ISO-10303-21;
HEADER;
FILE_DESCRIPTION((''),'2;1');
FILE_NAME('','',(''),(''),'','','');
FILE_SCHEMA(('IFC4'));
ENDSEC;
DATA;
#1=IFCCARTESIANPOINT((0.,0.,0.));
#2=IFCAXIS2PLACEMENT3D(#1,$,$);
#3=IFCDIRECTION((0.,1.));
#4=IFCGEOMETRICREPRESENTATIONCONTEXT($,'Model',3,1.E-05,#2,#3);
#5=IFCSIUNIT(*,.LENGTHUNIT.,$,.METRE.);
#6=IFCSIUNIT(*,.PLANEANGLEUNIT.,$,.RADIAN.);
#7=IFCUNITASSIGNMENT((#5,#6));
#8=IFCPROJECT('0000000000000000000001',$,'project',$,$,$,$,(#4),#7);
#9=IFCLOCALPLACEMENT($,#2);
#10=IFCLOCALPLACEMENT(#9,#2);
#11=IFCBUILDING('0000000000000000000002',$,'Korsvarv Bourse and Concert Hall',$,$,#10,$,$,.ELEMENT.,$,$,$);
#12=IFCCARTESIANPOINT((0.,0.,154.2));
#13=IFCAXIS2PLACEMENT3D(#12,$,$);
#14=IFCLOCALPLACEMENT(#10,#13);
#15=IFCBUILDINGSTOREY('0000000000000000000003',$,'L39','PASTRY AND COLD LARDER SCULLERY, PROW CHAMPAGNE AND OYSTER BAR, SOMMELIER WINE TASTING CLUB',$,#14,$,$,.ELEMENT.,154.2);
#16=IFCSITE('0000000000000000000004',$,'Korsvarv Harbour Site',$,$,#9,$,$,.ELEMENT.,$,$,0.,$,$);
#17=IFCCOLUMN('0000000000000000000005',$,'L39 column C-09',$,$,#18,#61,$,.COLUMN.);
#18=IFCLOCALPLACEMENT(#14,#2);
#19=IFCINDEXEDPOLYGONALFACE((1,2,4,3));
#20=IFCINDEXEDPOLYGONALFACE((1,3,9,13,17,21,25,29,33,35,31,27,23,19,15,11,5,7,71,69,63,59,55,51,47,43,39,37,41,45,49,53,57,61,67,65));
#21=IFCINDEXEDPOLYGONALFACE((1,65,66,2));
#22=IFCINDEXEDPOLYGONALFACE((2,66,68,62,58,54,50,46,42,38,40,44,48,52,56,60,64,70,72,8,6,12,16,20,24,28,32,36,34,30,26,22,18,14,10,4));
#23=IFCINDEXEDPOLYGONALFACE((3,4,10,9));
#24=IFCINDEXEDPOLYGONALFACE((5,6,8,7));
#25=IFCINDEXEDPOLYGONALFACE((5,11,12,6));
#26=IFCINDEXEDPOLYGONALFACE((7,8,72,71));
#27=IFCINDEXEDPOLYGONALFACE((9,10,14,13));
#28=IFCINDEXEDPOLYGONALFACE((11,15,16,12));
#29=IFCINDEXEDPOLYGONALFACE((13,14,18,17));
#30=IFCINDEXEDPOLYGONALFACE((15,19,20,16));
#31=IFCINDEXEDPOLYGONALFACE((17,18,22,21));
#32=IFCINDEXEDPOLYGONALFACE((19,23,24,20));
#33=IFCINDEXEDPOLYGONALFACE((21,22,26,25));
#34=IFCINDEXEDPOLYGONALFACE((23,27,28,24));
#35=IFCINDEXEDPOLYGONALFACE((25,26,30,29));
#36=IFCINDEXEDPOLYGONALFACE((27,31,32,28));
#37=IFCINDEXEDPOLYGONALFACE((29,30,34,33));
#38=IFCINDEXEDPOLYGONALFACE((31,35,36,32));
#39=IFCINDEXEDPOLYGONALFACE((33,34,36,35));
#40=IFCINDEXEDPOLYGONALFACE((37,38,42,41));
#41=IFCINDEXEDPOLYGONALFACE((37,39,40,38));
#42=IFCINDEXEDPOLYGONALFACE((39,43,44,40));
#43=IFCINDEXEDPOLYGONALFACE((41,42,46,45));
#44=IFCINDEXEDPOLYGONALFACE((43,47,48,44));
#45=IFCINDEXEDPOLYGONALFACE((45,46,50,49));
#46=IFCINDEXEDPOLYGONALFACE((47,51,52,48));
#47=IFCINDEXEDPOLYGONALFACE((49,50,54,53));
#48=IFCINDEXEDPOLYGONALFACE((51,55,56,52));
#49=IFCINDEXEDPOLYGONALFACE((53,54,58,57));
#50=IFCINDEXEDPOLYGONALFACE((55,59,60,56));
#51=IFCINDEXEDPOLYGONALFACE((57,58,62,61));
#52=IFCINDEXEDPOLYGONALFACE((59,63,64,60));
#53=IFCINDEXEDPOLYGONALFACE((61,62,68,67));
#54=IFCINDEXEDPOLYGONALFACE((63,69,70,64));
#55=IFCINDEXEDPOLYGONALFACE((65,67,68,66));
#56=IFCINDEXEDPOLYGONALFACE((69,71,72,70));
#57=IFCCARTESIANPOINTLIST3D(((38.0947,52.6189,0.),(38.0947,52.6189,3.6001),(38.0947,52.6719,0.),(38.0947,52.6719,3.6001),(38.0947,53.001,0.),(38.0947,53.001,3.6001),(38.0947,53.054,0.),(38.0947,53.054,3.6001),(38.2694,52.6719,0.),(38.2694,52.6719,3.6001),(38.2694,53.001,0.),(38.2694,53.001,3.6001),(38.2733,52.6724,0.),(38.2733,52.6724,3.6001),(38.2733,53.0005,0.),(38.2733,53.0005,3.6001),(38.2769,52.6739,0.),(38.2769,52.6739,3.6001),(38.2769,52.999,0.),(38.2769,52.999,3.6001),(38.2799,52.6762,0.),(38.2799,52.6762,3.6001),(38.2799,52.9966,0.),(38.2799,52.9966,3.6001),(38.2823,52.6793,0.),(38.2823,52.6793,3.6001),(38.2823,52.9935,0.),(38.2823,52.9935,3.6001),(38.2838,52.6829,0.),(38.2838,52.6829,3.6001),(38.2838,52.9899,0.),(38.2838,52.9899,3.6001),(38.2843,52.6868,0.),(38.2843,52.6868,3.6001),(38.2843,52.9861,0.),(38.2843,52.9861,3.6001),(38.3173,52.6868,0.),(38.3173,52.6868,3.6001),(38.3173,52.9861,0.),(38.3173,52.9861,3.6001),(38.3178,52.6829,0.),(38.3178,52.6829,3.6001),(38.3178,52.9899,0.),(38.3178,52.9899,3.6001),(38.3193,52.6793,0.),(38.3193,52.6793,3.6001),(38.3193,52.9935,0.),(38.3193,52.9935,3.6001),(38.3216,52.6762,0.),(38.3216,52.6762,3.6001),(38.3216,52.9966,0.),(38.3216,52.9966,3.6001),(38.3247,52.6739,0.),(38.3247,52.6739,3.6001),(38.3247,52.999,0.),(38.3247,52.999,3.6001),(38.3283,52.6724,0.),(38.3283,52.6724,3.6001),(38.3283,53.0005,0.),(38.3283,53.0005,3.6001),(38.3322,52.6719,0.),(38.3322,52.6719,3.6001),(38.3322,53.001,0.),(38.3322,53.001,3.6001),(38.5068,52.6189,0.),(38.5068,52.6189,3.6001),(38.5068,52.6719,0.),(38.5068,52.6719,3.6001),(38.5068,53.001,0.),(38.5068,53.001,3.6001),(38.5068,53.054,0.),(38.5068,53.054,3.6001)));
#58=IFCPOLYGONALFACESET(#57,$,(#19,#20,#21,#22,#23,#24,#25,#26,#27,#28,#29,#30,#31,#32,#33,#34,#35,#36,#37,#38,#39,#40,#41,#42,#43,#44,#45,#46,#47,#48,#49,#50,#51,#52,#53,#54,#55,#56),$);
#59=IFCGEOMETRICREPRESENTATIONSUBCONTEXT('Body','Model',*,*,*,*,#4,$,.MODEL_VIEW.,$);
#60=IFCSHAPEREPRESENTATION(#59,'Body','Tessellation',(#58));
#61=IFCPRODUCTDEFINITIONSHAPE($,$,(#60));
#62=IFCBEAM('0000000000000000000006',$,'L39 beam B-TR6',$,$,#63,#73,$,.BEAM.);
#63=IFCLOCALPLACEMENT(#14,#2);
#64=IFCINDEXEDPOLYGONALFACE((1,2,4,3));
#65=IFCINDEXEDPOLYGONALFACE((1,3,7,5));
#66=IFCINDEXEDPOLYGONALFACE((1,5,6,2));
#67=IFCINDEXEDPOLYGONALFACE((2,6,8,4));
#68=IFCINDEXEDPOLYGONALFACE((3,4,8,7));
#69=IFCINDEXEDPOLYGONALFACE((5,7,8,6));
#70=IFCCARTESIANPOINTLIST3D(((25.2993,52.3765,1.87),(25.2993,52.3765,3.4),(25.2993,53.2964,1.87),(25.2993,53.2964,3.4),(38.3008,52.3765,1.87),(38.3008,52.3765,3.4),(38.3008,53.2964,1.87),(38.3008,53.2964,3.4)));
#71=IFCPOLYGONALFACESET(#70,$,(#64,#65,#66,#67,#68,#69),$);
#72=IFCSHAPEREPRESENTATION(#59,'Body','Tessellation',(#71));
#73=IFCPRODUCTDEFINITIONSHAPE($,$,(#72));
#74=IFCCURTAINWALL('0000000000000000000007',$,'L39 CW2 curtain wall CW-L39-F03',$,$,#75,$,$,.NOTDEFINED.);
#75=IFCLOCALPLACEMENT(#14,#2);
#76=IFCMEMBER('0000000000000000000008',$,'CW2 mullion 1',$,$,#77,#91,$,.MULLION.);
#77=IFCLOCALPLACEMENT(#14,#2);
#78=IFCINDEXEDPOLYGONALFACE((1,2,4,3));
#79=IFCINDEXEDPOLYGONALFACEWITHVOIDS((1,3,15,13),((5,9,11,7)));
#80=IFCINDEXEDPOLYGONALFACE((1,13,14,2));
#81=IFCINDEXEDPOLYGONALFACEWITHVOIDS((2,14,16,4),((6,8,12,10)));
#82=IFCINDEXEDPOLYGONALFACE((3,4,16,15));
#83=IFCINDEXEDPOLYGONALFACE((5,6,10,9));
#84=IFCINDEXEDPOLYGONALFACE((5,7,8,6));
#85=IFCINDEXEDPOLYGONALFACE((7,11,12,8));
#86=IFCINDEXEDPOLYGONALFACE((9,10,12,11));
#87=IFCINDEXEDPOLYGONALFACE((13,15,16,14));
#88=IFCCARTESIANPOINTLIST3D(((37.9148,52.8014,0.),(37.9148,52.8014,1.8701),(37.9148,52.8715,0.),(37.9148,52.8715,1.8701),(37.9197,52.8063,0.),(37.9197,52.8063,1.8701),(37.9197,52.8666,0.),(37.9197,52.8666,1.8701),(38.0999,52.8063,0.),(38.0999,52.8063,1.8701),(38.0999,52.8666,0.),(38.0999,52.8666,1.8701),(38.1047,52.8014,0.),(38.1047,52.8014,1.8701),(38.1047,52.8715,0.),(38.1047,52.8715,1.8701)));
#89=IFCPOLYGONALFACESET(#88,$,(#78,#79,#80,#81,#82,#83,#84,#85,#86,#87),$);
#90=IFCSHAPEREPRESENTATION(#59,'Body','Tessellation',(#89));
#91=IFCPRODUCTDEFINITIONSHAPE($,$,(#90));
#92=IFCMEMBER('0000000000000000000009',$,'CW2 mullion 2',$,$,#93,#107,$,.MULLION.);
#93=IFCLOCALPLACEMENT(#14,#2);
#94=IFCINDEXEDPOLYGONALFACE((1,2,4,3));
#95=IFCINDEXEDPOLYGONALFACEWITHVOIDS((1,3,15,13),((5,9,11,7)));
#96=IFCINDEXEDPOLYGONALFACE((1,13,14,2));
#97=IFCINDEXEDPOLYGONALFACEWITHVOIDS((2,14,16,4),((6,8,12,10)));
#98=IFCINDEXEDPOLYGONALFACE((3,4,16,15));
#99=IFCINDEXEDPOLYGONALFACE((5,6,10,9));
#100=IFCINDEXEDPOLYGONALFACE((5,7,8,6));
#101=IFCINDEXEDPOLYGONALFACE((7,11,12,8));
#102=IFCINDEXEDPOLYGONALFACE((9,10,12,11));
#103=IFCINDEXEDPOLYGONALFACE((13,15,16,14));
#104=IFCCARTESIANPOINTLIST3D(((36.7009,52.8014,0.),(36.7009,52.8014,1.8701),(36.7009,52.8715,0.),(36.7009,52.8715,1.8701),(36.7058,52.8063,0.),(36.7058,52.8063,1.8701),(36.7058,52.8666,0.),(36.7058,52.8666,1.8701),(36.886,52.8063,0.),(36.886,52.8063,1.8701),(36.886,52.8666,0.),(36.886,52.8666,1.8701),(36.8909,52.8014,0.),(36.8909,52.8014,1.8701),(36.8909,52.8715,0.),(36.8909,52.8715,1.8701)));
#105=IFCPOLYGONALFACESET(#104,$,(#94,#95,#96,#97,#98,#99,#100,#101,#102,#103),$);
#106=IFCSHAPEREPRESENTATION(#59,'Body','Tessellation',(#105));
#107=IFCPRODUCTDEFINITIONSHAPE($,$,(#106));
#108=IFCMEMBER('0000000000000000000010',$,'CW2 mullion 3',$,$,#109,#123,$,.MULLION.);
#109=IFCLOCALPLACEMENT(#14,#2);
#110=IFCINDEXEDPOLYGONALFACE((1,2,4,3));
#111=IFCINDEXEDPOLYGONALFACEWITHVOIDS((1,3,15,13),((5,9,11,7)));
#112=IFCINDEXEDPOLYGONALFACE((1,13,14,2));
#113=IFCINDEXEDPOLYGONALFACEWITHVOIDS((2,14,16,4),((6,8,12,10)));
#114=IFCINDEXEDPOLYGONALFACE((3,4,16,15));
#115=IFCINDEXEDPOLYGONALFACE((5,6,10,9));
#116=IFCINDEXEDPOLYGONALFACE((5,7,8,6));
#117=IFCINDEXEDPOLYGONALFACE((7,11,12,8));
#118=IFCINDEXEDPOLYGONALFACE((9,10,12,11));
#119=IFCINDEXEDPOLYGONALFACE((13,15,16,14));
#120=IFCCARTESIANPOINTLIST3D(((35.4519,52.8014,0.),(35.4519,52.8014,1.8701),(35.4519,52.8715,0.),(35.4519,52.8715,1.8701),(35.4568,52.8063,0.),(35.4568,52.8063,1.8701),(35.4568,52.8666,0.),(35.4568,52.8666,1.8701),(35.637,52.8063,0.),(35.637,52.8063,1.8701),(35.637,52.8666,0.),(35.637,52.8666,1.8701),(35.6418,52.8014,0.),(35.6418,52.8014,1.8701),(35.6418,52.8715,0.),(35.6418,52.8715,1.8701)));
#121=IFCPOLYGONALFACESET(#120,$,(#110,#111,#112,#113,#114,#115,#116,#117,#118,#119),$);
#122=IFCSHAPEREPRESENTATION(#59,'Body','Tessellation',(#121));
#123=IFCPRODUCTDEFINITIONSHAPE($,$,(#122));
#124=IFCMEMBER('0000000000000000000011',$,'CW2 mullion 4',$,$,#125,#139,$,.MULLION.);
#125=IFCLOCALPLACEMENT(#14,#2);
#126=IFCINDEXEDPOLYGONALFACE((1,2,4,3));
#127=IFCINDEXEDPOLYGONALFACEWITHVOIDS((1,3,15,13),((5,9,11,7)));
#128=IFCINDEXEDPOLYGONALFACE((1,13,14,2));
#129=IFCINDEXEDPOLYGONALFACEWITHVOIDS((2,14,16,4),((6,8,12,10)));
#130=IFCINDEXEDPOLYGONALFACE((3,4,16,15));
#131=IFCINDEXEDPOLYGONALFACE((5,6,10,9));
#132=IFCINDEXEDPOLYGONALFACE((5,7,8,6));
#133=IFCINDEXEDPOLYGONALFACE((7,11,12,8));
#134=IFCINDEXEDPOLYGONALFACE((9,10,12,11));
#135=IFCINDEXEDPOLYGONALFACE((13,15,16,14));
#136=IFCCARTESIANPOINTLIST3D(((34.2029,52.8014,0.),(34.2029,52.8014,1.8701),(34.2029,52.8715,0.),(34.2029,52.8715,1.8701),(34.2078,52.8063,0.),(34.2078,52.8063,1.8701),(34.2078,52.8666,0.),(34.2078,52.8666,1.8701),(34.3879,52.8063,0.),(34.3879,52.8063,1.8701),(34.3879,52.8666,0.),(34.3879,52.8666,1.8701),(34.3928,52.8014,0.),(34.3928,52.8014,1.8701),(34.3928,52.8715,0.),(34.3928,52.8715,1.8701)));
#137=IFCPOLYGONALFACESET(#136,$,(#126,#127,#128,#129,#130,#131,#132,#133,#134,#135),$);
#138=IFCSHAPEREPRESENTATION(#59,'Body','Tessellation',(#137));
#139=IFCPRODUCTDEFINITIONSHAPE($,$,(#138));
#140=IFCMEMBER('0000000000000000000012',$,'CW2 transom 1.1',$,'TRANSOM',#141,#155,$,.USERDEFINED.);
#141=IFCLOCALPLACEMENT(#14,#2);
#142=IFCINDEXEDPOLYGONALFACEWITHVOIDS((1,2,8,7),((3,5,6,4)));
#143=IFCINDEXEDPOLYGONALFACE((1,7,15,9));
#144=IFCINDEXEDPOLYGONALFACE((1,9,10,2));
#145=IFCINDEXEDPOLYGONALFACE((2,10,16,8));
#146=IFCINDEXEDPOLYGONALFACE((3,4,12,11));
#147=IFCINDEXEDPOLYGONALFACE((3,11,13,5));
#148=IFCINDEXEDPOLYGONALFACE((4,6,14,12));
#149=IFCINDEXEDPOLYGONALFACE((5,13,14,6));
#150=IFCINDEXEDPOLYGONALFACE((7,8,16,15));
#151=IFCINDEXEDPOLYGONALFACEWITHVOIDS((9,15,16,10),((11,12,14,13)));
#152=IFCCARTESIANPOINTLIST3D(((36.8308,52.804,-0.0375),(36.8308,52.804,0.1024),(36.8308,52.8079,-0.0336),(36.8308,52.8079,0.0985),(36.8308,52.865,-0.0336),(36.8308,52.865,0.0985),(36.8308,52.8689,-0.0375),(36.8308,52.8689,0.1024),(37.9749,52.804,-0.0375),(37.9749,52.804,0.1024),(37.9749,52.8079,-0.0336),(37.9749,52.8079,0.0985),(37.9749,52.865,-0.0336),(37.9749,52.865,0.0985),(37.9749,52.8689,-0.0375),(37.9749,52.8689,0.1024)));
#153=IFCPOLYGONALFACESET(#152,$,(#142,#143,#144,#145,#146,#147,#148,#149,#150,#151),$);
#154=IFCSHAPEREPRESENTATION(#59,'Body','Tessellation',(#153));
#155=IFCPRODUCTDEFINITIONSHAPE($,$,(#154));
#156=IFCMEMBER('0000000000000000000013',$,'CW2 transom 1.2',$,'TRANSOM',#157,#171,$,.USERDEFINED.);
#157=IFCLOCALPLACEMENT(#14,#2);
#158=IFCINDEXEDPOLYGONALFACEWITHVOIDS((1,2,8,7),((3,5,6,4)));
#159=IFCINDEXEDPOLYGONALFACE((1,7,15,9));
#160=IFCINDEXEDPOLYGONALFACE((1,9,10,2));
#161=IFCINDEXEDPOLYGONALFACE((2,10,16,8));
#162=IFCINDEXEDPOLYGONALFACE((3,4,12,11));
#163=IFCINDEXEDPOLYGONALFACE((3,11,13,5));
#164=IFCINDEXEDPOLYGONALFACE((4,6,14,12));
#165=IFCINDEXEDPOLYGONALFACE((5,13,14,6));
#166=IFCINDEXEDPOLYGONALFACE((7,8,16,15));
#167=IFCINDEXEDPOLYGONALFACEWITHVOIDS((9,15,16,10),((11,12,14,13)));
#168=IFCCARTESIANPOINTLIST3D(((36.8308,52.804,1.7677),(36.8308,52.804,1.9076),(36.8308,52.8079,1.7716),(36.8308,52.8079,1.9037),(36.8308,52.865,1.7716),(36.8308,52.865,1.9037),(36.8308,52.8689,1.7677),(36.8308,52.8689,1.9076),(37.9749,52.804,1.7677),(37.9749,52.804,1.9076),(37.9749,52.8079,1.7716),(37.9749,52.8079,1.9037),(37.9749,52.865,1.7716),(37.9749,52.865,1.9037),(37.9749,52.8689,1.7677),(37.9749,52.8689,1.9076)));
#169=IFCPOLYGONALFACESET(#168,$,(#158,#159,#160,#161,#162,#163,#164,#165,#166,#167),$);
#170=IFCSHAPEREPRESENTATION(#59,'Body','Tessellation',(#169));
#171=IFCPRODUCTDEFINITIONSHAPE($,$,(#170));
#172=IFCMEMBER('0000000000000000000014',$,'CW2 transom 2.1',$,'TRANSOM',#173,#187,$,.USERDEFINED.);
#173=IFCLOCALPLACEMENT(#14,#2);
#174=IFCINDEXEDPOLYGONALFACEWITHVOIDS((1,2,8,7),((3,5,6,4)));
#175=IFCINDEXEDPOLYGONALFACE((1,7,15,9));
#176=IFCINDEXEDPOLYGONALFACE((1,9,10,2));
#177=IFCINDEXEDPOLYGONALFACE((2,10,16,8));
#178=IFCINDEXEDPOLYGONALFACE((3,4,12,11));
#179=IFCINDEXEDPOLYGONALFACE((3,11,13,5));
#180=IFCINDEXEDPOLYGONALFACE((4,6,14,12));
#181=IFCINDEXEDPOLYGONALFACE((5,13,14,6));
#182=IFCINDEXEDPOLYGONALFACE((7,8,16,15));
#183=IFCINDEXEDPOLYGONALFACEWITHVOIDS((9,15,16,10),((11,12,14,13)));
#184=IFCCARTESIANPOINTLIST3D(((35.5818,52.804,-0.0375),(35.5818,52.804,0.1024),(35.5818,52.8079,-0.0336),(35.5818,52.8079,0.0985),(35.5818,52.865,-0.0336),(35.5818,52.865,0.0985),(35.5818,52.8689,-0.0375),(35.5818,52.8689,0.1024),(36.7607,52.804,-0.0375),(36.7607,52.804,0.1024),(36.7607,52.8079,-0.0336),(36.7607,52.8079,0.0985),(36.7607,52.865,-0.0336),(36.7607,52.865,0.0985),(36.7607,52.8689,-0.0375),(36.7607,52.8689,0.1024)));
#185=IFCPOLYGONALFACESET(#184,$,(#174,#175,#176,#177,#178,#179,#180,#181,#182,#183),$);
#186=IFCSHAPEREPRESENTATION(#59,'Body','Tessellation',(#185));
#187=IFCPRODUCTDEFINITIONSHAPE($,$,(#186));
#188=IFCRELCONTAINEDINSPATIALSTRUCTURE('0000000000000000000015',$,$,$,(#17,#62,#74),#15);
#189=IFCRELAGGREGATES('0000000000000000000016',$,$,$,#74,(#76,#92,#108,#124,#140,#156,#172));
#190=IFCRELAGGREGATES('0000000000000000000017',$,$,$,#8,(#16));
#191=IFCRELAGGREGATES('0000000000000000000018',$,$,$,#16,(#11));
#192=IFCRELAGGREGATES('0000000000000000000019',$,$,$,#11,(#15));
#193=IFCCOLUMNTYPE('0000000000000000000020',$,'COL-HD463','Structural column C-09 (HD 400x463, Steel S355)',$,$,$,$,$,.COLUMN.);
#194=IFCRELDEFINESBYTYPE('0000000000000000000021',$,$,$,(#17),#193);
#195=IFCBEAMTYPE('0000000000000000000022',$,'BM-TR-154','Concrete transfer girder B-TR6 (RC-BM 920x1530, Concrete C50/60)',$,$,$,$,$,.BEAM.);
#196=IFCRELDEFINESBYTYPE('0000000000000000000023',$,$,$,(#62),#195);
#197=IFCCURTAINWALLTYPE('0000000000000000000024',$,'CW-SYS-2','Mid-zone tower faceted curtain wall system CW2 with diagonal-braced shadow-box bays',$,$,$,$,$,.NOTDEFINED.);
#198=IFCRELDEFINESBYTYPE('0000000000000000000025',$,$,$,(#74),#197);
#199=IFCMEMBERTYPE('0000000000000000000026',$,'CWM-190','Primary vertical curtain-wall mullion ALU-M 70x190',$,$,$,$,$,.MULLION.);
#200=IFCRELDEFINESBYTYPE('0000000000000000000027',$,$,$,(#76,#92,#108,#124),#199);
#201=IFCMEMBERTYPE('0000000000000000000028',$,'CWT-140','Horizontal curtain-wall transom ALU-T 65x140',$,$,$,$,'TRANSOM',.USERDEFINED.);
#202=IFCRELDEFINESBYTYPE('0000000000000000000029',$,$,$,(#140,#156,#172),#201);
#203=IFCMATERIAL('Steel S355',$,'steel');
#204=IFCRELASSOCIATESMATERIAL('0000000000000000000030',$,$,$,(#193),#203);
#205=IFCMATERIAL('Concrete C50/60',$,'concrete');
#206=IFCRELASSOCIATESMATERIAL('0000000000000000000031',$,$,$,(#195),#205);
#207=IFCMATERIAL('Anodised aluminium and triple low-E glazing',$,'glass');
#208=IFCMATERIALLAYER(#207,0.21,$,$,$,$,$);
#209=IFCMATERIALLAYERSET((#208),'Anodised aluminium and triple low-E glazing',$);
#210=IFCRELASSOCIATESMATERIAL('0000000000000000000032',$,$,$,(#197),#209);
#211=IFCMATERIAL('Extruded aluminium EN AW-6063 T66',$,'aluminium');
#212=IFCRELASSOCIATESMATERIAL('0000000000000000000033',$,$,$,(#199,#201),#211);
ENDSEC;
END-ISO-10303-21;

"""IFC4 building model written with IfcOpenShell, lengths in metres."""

from ifc_helpers import new_model, si_unit, direction, frame, origin, origin_2d, place, context, subcontext, project, spatial, rectangle, hollow_rectangle, i_section, extrude, source, transform, mapped, material, layer, layer_set, material_profile, profile_set, type_object, element, aggregate, save


model = new_model("IFC4")

# Units and contexts
model_context = context("Model", 3, precision=1e-05, world=origin(), true_north=direction((0.0, 1.0)))
body_context = subcontext(model_context, "Body", "Model", "MODEL_VIEW")
ifc_project = project(units=[si_unit("LENGTHUNIT", "METRE"), si_unit("PLANEANGLEUNIT", "RADIAN")], contexts=[model_context])

# Site, building, storey
site_placement = place(None, origin())
site = spatial("IfcSite", under=ifc_project, at=site_placement, Name="Korsvarv Harbour Site", CompositionType="ELEMENT", RefElevation=0.0)
building_placement = place(site_placement, origin())
building = spatial("IfcBuilding", under=site, at=building_placement, Name="Korsvarv Bourse and Concert Hall", CompositionType="ELEMENT")
storey_placement = place(building_placement, frame((0.0, 0.0, 154.2)))
storey = spatial("IfcBuildingStorey", under=building, at=storey_placement, Name="L39", Description="PASTRY AND COLD LARDER SCULLERY, PROW CHAMPAGNE AND OYSTER BAR, SOMMELIER WINE TASTING CLUB", CompositionType="ELEMENT", Elevation=154.2)

# Column
ifc_material_1 = material(Name="Steel S355", Category="steel")
ifc_material_profile_1 = material_profile(ifc_material_1, i_section(OverallWidth=0.4121, OverallDepth=0.4351, WebThickness=0.033, FlangeThickness=0.053, FilletRadius=0.0149, at=origin_2d()), Name="HD 400x463")
ifc_profile_set_1 = profile_set([ifc_material_profile_1], Name="Steel S355")
column_type = type_object("IfcColumnType", Name="COL-HD463", Description="Structural column C-09 (HD 400x463, Steel S355)", PredefinedType="COLUMN", material=ifc_profile_set_1)
shared_shape_1 = source(origin(), body_context, "Body", "SweptSolid", [
    extrude(i_section(OverallWidth=0.4121, OverallDepth=0.4351, WebThickness=0.033, FlangeThickness=0.053, FilletRadius=0.0149, at=origin_2d()), origin(), (0.0, 0.0, 1.0), 3.6001),
])
column_placement = place(storey_placement, frame((38.3008, 52.8364, 0.0), z_axis=(0.0, 0.0, 1.0), x_axis=(1.0, 0.0, 0.0)))
element("IfcColumn", 1, at=column_placement, inside=storey, type_object=column_type, Name="L39 column C-09", PredefinedType="COLUMN", context=body_context, shape_type="MappedRepresentation", body=[
    mapped(shared_shape_1, transform((0.0, 0.0, 0.0), scale=1.0)),
])

# Beam
ifc_material_2 = material(Name="Concrete C50/60", Category="concrete")
ifc_material_profile_2 = material_profile(ifc_material_2, rectangle(XDim=0.9199, YDim=1.53, at=origin_2d()), Name="RC-BM 920x1530")
ifc_profile_set_2 = profile_set([ifc_material_profile_2], Name="Concrete C50/60")
beam_type = type_object("IfcBeamType", Name="BM-TR-154", Description="Concrete transfer girder B-TR6 (RC-BM 920x1530, Concrete C50/60)", PredefinedType="BEAM", material=ifc_profile_set_2)
shared_shape_2 = source(origin(), body_context, "Body", "SweptSolid", [
    extrude(rectangle(XDim=0.9199, YDim=1.53, at=origin_2d()), origin(), (0.0, 0.0, 1.0), 13.0015),
])
beam_placement = place(storey_placement, frame((38.3008, 52.8364, 2.635), z_axis=(-1.0, 0.0, 0.0), x_axis=(0.0, -1.0, 0.0)))
element("IfcBeam", 2, at=beam_placement, inside=storey, type_object=beam_type, Name="L39 beam B-TR6", PredefinedType="BEAM", context=body_context, shape_type="MappedRepresentation", body=[
    mapped(shared_shape_2, transform((0.0, 0.0, 0.0), scale=1.0)),
])

# Curtain wall, members
ifc_material_3 = material(Name="Anodised aluminium and triple low-E glazing", Category="glass")
ifc_layer_1 = layer(ifc_material_3, 0.21)
ifc_layer_set_1 = layer_set([ifc_layer_1], Name="Anodised aluminium and triple low-E glazing")
curtain_wall_type = type_object("IfcCurtainWallType", Name="CW-SYS-2", Description="Mid-zone tower faceted curtain wall system CW2 with diagonal-braced shadow-box bays", PredefinedType="NOTDEFINED", material=ifc_layer_set_1)
curtain_wall_placement = place(storey_placement, origin())
curtain_wall = element("IfcCurtainWall", 3, at=curtain_wall_placement, inside=storey, type_object=curtain_wall_type, Name="L39 CW2 curtain wall CW-L39-F03", PredefinedType="NOTDEFINED")
ifc_material_4 = material(Name="Extruded aluminium EN AW-6063 T66", Category="aluminium")
ifc_material_profile_3 = material_profile(ifc_material_4, hollow_rectangle(XDim=0.0701, YDim=0.1899, WallThickness=0.0049, at=origin_2d()), Name="ALU-M 70x190")
ifc_profile_set_3 = profile_set([ifc_material_profile_3], Name="Extruded aluminium EN AW-6063 T66")
member_type_1 = type_object("IfcMemberType", Name="CWM-190", Description="Primary vertical curtain-wall mullion ALU-M 70x190", PredefinedType="MULLION", material=ifc_profile_set_3)
shared_shape_3 = source(origin(), body_context, "Body", "SweptSolid", [
    extrude(hollow_rectangle(XDim=0.0701, YDim=0.1899, WallThickness=0.0049, at=origin_2d()), origin(), (0.0, 0.0, 1.0), 1.8701),
])
member_1_placement = place(storey_placement, frame((38.0098, 52.8364, 0.0), z_axis=(0.0, 0.0, 1.0), x_axis=(0.0, -1.0, 0.0)))
member_1 = element("IfcMember", 4, at=member_1_placement, type_object=member_type_1, Name="CW2 mullion 1", PredefinedType="MULLION", context=body_context, shape_type="MappedRepresentation", body=[
    mapped(shared_shape_3, transform((0.0, 0.0, 0.0), scale=1.0)),
])
member_2_placement = place(storey_placement, frame((36.7959, 52.8364, 0.0), z_axis=(0.0, 0.0, 1.0), x_axis=(0.0, -1.0, 0.0)))
member_2 = element("IfcMember", 5, at=member_2_placement, type_object=member_type_1, Name="CW2 mullion 2", PredefinedType="MULLION", context=body_context, shape_type="MappedRepresentation", body=[
    mapped(shared_shape_3, transform((0.0, 0.0, 0.0), scale=1.0)),
])
member_3_placement = place(storey_placement, frame((35.5469, 52.8364, 0.0), z_axis=(0.0, 0.0, 1.0), x_axis=(0.0, -1.0, 0.0)))
member_3 = element("IfcMember", 6, at=member_3_placement, type_object=member_type_1, Name="CW2 mullion 3", PredefinedType="MULLION", context=body_context, shape_type="MappedRepresentation", body=[
    mapped(shared_shape_3, transform((0.0, 0.0, 0.0), scale=1.0)),
])
member_4_placement = place(storey_placement, frame((34.2979, 52.8364, 0.0), z_axis=(0.0, 0.0, 1.0), x_axis=(0.0, -1.0, 0.0)))
member_4 = element("IfcMember", 7, at=member_4_placement, type_object=member_type_1, Name="CW2 mullion 4", PredefinedType="MULLION", context=body_context, shape_type="MappedRepresentation", body=[
    mapped(shared_shape_3, transform((0.0, 0.0, 0.0), scale=1.0)),
])
ifc_material_profile_4 = material_profile(ifc_material_4, hollow_rectangle(XDim=0.0649, YDim=0.1399, WallThickness=0.0039, at=origin_2d()), Name="ALU-T 65x140")
ifc_profile_set_4 = profile_set([ifc_material_profile_4], Name="Extruded aluminium EN AW-6063 T66")
member_type_2 = type_object("IfcMemberType", Name="CWT-140", Description="Horizontal curtain-wall transom ALU-T 65x140", ElementType="TRANSOM", PredefinedType="USERDEFINED", material=ifc_profile_set_4)
shared_shape_4 = source(origin(), body_context, "Body", "SweptSolid", [
    extrude(hollow_rectangle(XDim=0.0649, YDim=0.1399, WallThickness=0.0039, at=origin_2d()), origin(), (0.0, 0.0, 1.0), 1.144),
])
member_5_placement = place(storey_placement, frame((37.9749, 52.8364, 0.0325), z_axis=(-1.0, 0.0, 0.0), x_axis=(0.0, -1.0, 0.0)))
member_5 = element("IfcMember", 8, at=member_5_placement, type_object=member_type_2, Name="CW2 transom 1.1", ObjectType="TRANSOM", PredefinedType="USERDEFINED", context=body_context, shape_type="MappedRepresentation", body=[
    mapped(shared_shape_4, transform((0.0, 0.0, 0.0), scale=1.0)),
])
member_6_placement = place(storey_placement, frame((37.9749, 52.8364, 1.8376), z_axis=(-1.0, 0.0, 0.0), x_axis=(0.0, -1.0, 0.0)))
member_6 = element("IfcMember", 9, at=member_6_placement, type_object=member_type_2, Name="CW2 transom 1.2", ObjectType="TRANSOM", PredefinedType="USERDEFINED", context=body_context, shape_type="MappedRepresentation", body=[
    mapped(shared_shape_4, transform((0.0, 0.0, 0.0), scale=1.0)),
])
shared_shape_5 = source(origin(), body_context, "Body", "SweptSolid", [
    extrude(hollow_rectangle(XDim=0.0649, YDim=0.1399, WallThickness=0.0039, at=origin_2d()), origin(), (0.0, 0.0, 1.0), 1.179),
])
member_7_placement = place(storey_placement, frame((36.7607, 52.8364, 0.0325), z_axis=(-1.0, 0.0, 0.0), x_axis=(0.0, -1.0, 0.0)))
member_7 = element("IfcMember", 10, at=member_7_placement, type_object=member_type_2, Name="CW2 transom 2.1", ObjectType="TRANSOM", PredefinedType="USERDEFINED", context=body_context, shape_type="MappedRepresentation", body=[
    mapped(shared_shape_5, transform((0.0, 0.0, 0.0), scale=1.0)),
])
aggregate(curtain_wall, [member_1, member_2, member_3, member_4, member_5, member_6, member_7])

save(model, "model.ifc")
